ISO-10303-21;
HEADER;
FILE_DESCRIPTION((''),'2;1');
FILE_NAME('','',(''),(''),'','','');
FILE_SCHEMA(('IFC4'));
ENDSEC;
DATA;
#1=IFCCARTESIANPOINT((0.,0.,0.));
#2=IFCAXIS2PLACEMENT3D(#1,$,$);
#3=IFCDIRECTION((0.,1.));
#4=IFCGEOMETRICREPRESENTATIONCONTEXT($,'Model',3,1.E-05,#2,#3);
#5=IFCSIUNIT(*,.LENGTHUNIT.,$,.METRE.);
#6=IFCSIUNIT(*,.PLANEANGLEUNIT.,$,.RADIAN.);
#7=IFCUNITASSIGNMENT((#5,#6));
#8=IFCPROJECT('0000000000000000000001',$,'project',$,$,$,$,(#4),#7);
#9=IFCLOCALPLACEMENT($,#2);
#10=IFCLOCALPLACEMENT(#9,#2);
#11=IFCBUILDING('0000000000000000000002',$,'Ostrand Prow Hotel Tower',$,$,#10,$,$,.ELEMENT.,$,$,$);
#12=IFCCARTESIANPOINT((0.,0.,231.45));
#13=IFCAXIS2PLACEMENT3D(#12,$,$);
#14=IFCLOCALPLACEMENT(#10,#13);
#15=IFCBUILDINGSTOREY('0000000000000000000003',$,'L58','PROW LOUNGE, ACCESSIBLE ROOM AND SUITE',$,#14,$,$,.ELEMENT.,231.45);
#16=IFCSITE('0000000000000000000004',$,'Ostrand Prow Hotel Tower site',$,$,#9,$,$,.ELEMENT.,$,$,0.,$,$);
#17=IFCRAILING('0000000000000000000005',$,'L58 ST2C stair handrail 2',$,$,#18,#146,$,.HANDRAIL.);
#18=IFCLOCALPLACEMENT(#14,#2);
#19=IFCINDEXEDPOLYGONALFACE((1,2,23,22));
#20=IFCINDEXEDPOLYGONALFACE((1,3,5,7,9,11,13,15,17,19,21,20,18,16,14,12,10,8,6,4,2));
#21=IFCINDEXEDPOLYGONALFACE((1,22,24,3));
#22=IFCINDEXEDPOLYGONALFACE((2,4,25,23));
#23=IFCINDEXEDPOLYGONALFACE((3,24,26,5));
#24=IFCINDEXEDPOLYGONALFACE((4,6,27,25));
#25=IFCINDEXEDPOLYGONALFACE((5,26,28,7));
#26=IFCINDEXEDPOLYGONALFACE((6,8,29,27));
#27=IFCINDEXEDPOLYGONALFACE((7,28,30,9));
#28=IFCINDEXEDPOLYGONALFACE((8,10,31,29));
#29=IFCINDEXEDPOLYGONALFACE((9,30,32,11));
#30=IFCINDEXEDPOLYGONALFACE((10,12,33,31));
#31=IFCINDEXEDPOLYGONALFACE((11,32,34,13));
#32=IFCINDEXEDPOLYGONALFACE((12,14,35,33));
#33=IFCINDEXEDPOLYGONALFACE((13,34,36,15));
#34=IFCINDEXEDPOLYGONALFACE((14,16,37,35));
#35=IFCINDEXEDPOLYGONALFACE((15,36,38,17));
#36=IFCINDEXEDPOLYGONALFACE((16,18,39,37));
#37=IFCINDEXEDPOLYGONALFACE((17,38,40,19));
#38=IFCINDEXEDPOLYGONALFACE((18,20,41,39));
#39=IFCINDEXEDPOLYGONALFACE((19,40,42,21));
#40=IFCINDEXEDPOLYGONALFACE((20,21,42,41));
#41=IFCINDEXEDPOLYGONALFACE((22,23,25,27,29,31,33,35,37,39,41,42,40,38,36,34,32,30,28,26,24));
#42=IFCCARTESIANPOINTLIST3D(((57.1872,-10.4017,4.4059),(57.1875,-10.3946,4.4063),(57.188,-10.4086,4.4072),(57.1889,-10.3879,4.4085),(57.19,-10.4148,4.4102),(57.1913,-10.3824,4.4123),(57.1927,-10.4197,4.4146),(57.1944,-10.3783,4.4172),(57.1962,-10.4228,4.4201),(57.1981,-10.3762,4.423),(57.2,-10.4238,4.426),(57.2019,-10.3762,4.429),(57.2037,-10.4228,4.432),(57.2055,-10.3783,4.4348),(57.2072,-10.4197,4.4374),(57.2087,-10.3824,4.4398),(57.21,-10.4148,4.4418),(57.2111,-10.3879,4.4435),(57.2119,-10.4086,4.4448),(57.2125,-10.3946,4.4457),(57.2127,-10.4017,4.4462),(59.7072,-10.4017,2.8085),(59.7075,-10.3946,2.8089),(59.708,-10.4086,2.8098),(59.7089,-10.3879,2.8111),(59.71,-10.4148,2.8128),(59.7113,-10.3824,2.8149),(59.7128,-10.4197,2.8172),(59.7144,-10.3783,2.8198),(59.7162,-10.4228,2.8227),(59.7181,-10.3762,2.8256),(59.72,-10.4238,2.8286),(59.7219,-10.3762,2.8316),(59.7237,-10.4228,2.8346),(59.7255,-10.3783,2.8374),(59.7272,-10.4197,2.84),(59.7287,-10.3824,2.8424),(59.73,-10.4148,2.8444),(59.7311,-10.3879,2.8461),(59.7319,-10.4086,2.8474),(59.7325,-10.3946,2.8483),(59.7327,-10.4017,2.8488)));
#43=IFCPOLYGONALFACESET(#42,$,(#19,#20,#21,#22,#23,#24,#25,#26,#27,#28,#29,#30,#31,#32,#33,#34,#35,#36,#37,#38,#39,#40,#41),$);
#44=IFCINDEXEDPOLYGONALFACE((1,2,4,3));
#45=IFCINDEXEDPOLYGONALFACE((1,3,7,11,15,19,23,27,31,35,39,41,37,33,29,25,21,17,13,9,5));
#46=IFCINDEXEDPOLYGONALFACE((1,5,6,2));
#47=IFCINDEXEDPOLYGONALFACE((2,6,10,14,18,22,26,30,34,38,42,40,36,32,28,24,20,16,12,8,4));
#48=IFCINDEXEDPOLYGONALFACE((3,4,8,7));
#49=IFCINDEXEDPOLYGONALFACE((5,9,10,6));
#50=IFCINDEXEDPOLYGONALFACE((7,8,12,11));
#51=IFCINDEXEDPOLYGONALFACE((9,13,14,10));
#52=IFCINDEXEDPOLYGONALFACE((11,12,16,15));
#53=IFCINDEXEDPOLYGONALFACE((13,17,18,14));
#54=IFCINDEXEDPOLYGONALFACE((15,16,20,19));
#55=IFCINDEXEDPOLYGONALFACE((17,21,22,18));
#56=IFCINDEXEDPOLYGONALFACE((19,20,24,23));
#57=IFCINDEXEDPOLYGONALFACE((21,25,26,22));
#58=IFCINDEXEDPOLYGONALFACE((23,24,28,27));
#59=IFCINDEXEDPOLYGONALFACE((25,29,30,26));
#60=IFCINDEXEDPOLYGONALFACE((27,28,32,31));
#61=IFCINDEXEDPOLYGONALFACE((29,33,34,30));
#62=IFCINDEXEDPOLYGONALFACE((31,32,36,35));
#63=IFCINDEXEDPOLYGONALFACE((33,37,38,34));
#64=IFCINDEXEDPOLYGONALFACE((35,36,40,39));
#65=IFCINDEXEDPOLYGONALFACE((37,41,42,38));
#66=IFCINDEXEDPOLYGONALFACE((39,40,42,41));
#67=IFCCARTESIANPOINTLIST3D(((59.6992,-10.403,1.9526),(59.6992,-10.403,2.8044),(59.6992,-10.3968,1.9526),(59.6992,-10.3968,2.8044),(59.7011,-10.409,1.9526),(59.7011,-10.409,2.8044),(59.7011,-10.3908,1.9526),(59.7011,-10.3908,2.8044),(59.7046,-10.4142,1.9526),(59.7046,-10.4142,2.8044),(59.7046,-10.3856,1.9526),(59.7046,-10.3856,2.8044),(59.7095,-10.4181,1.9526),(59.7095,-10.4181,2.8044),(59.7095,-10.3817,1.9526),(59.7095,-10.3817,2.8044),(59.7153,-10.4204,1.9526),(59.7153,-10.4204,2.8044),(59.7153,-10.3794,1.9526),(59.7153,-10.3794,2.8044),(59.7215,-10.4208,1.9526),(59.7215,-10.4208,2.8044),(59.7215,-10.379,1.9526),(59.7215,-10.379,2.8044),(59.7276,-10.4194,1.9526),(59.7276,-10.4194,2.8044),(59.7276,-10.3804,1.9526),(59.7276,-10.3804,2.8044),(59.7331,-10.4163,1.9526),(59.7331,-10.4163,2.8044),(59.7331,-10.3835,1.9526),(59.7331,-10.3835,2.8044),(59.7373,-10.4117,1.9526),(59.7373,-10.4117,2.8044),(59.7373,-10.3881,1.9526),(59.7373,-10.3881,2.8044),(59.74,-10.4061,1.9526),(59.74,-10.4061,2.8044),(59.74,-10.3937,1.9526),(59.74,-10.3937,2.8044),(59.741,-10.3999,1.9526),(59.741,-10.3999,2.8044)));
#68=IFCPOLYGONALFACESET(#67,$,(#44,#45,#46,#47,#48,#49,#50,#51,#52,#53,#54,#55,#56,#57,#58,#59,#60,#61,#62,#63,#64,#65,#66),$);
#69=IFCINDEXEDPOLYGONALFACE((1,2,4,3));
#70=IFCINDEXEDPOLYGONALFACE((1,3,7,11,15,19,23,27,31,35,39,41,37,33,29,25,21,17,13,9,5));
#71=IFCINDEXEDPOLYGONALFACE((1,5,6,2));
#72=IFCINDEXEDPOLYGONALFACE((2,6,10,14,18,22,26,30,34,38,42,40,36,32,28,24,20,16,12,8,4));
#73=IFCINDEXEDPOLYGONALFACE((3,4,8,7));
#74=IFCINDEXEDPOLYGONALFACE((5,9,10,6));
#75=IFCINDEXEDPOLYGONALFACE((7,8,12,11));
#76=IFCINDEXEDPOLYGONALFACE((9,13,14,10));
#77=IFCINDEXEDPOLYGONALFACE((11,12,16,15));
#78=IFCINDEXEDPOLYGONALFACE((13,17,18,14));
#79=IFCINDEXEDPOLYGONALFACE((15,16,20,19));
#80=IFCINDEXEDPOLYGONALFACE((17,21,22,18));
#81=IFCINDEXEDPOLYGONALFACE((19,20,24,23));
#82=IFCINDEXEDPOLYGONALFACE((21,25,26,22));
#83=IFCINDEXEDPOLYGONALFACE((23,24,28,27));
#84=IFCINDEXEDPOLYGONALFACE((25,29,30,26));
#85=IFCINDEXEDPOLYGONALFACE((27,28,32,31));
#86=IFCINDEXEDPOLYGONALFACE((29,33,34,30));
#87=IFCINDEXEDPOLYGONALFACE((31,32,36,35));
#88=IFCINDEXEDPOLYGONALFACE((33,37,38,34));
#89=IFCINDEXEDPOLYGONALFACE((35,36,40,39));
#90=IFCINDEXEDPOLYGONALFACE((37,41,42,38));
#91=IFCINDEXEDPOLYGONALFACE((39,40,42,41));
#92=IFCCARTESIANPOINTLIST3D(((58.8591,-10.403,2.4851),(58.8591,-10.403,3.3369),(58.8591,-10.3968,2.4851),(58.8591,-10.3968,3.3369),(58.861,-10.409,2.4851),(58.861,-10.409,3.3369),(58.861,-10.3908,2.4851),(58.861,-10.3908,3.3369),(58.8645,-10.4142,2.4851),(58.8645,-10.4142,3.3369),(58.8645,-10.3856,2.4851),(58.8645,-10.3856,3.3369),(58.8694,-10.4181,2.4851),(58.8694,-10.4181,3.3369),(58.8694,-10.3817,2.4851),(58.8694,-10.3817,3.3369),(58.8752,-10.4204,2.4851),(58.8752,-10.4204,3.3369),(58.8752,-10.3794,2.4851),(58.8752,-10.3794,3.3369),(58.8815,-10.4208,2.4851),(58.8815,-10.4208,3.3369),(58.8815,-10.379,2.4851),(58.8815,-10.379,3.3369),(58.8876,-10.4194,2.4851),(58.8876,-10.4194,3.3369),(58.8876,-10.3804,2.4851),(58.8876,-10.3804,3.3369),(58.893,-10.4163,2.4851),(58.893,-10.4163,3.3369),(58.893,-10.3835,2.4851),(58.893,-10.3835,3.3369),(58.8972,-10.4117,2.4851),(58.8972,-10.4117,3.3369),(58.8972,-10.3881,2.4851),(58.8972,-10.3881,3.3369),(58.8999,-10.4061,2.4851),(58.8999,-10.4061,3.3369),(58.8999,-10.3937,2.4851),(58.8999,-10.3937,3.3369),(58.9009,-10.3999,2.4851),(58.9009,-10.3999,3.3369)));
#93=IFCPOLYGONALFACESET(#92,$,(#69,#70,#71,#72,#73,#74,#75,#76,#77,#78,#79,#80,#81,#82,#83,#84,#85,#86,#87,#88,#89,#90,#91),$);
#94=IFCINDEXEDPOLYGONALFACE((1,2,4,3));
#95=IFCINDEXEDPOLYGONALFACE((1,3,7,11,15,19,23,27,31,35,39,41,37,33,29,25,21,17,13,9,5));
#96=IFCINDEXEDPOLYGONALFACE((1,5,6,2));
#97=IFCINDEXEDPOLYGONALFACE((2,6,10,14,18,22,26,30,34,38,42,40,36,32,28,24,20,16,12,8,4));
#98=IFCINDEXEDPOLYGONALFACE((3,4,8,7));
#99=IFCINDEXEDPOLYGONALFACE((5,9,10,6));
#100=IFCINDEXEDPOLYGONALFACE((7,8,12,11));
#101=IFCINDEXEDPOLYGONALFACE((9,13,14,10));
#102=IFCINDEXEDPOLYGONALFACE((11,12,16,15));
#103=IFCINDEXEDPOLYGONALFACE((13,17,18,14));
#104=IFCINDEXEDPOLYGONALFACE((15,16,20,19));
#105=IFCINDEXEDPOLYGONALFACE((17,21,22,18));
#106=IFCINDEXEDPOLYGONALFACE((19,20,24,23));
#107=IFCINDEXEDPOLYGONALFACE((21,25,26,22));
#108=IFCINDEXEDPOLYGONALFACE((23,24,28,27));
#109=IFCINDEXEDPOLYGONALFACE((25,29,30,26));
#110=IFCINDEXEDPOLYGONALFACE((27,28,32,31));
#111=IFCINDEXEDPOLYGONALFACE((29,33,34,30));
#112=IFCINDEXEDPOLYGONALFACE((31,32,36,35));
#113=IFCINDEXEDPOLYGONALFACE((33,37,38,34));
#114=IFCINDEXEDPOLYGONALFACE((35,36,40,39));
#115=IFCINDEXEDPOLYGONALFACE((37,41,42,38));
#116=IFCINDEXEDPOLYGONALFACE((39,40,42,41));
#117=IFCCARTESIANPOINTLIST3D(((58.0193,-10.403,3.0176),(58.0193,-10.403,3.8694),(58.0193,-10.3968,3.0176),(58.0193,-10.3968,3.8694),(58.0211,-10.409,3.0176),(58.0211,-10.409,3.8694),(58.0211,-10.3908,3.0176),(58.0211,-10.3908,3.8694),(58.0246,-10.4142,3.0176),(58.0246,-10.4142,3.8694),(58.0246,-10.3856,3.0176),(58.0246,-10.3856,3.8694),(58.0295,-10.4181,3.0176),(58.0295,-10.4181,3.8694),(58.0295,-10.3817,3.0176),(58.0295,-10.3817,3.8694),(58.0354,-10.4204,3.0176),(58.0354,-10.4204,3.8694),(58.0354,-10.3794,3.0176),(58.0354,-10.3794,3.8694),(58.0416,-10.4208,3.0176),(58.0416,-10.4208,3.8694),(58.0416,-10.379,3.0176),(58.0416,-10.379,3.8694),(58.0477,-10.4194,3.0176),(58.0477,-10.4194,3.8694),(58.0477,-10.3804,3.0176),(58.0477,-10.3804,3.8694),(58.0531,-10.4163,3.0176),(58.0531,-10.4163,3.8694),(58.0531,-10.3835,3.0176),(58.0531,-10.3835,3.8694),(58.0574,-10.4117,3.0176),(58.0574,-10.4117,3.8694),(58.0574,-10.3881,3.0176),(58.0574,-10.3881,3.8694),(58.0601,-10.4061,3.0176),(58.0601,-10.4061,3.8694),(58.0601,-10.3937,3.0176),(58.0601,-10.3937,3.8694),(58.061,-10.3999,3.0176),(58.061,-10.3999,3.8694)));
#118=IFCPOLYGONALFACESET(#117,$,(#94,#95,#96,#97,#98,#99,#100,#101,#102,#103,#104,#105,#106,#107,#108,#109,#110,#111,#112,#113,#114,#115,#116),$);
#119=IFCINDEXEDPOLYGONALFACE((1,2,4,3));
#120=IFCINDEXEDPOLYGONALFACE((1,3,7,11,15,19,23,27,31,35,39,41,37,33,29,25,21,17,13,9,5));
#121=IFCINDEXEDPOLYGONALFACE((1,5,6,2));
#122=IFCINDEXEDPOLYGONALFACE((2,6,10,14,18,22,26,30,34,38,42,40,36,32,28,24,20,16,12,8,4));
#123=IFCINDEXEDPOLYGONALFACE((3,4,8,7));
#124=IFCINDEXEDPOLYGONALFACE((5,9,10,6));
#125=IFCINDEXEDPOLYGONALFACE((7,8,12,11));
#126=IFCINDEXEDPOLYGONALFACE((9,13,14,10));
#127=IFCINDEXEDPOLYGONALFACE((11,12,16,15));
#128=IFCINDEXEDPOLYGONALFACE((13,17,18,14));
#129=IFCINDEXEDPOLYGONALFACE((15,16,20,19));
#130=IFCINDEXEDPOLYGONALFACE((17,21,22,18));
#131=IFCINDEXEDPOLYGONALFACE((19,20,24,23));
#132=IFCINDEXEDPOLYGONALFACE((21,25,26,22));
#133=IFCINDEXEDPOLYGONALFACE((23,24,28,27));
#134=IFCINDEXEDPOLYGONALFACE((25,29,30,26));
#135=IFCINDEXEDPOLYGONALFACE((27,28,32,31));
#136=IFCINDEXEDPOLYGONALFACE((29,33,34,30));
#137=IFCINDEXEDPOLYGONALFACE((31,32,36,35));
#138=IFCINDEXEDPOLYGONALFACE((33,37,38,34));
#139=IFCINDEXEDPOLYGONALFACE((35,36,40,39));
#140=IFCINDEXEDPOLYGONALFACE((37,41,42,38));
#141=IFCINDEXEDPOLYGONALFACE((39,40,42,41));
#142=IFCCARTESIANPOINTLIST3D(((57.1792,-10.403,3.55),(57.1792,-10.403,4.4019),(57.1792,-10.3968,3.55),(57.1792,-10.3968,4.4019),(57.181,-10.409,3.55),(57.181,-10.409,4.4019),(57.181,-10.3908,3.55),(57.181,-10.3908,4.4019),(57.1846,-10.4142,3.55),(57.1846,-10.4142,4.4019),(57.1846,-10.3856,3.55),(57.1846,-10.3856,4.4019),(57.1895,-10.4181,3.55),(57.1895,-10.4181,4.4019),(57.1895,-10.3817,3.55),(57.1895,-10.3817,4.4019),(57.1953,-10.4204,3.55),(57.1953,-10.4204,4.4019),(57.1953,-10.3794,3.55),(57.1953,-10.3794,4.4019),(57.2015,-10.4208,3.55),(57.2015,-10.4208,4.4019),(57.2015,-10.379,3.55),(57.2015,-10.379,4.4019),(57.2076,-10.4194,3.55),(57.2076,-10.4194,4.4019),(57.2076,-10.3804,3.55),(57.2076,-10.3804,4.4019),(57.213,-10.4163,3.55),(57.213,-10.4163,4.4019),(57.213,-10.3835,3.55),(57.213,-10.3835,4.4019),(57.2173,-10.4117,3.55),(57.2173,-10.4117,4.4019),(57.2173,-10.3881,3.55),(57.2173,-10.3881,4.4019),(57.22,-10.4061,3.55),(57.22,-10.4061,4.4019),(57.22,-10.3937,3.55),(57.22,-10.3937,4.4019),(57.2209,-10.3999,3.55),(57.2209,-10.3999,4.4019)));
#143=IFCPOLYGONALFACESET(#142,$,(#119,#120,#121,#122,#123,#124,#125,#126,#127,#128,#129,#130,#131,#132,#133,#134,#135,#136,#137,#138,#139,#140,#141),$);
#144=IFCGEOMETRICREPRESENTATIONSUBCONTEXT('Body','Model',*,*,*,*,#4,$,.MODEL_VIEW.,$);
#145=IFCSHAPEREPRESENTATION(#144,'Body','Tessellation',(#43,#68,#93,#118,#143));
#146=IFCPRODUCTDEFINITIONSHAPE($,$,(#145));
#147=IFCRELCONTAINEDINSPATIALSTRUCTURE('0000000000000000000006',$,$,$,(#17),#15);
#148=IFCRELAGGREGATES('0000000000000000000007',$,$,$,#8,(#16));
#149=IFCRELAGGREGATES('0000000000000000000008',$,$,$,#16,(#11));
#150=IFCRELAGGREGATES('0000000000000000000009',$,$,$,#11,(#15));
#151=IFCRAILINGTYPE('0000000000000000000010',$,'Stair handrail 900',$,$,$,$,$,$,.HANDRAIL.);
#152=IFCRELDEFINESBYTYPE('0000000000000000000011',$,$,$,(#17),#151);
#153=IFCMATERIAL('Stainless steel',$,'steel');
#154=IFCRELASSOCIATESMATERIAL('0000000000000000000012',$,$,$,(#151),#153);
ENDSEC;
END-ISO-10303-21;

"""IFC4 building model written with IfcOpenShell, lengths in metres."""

from ifc_helpers import new_model, si_unit, direction, frame, origin, origin_2d, place, context, subcontext, project, spatial, circle, extrude, material, type_object, element, save


model = new_model("IFC4")

# Units and contexts
model_context = context("Model", 3, precision=1e-05, world=origin(), true_north=direction((0.0, 1.0)))
body_context = subcontext(model_context, "Body", "Model", "MODEL_VIEW")
ifc_project = project(units=[si_unit("LENGTHUNIT", "METRE"), si_unit("PLANEANGLEUNIT", "RADIAN")], contexts=[model_context])

# Site, building, storey
site_placement = place(None, origin())
site = spatial("IfcSite", under=ifc_project, at=site_placement, Name="Ostrand Prow Hotel Tower site", CompositionType="ELEMENT", RefElevation=0.0)
building_placement = place(site_placement, origin())
building = spatial("IfcBuilding", under=site, at=building_placement, Name="Ostrand Prow Hotel Tower", CompositionType="ELEMENT")
storey_placement = place(building_placement, frame((0.0, 0.0, 231.45)))
storey = spatial("IfcBuildingStorey", under=building, at=storey_placement, Name="L58", Description="PROW LOUNGE, ACCESSIBLE ROOM AND SUITE", CompositionType="ELEMENT", Elevation=231.45)

# Railing
ifc_material_1 = material(Name="Stainless steel", Category="steel")
railing_type_1 = type_object("IfcRailingType", Name="Stair handrail 900", PredefinedType="HANDRAIL", material=ifc_material_1)
railing_1_placement = place(storey_placement, frame((59.72, -10.3999, 1.9526)))
element("IfcRailing", 1, at=railing_1_placement, inside=storey, type_object=railing_type_1, Name="L58 ST2C stair handrail 2", PredefinedType="HANDRAIL", context=body_context, shape_type="SweptSolid", body=[
    extrude(circle(Radius=0.0239, at=origin_2d()), frame((0.0, 0.0, 0.876), z_axis=(-0.844607, 0.0, 0.535387), x_axis=(0.0, -1.0, 0.0)), (0.0, 0.0, 1.0), 2.9836),
    extrude(circle(Radius=0.021, at=origin_2d()), origin(), (0.0, 0.0, 1.0), 0.8518),
    extrude(circle(Radius=0.021, at=origin_2d()), frame((-0.8401, 0.0, 0.5325)), (0.0, 0.0, 1.0), 0.8518),
    extrude(circle(Radius=0.021, at=origin_2d()), frame((-1.6799, 0.0, 1.0649)), (0.0, 0.0, 1.0), 0.8518),
    extrude(circle(Radius=0.021, at=origin_2d()), frame((-2.52, 0.0, 1.5974)), (0.0, 0.0, 1.0), 0.8518),
])

save(model, "model.ifc")
